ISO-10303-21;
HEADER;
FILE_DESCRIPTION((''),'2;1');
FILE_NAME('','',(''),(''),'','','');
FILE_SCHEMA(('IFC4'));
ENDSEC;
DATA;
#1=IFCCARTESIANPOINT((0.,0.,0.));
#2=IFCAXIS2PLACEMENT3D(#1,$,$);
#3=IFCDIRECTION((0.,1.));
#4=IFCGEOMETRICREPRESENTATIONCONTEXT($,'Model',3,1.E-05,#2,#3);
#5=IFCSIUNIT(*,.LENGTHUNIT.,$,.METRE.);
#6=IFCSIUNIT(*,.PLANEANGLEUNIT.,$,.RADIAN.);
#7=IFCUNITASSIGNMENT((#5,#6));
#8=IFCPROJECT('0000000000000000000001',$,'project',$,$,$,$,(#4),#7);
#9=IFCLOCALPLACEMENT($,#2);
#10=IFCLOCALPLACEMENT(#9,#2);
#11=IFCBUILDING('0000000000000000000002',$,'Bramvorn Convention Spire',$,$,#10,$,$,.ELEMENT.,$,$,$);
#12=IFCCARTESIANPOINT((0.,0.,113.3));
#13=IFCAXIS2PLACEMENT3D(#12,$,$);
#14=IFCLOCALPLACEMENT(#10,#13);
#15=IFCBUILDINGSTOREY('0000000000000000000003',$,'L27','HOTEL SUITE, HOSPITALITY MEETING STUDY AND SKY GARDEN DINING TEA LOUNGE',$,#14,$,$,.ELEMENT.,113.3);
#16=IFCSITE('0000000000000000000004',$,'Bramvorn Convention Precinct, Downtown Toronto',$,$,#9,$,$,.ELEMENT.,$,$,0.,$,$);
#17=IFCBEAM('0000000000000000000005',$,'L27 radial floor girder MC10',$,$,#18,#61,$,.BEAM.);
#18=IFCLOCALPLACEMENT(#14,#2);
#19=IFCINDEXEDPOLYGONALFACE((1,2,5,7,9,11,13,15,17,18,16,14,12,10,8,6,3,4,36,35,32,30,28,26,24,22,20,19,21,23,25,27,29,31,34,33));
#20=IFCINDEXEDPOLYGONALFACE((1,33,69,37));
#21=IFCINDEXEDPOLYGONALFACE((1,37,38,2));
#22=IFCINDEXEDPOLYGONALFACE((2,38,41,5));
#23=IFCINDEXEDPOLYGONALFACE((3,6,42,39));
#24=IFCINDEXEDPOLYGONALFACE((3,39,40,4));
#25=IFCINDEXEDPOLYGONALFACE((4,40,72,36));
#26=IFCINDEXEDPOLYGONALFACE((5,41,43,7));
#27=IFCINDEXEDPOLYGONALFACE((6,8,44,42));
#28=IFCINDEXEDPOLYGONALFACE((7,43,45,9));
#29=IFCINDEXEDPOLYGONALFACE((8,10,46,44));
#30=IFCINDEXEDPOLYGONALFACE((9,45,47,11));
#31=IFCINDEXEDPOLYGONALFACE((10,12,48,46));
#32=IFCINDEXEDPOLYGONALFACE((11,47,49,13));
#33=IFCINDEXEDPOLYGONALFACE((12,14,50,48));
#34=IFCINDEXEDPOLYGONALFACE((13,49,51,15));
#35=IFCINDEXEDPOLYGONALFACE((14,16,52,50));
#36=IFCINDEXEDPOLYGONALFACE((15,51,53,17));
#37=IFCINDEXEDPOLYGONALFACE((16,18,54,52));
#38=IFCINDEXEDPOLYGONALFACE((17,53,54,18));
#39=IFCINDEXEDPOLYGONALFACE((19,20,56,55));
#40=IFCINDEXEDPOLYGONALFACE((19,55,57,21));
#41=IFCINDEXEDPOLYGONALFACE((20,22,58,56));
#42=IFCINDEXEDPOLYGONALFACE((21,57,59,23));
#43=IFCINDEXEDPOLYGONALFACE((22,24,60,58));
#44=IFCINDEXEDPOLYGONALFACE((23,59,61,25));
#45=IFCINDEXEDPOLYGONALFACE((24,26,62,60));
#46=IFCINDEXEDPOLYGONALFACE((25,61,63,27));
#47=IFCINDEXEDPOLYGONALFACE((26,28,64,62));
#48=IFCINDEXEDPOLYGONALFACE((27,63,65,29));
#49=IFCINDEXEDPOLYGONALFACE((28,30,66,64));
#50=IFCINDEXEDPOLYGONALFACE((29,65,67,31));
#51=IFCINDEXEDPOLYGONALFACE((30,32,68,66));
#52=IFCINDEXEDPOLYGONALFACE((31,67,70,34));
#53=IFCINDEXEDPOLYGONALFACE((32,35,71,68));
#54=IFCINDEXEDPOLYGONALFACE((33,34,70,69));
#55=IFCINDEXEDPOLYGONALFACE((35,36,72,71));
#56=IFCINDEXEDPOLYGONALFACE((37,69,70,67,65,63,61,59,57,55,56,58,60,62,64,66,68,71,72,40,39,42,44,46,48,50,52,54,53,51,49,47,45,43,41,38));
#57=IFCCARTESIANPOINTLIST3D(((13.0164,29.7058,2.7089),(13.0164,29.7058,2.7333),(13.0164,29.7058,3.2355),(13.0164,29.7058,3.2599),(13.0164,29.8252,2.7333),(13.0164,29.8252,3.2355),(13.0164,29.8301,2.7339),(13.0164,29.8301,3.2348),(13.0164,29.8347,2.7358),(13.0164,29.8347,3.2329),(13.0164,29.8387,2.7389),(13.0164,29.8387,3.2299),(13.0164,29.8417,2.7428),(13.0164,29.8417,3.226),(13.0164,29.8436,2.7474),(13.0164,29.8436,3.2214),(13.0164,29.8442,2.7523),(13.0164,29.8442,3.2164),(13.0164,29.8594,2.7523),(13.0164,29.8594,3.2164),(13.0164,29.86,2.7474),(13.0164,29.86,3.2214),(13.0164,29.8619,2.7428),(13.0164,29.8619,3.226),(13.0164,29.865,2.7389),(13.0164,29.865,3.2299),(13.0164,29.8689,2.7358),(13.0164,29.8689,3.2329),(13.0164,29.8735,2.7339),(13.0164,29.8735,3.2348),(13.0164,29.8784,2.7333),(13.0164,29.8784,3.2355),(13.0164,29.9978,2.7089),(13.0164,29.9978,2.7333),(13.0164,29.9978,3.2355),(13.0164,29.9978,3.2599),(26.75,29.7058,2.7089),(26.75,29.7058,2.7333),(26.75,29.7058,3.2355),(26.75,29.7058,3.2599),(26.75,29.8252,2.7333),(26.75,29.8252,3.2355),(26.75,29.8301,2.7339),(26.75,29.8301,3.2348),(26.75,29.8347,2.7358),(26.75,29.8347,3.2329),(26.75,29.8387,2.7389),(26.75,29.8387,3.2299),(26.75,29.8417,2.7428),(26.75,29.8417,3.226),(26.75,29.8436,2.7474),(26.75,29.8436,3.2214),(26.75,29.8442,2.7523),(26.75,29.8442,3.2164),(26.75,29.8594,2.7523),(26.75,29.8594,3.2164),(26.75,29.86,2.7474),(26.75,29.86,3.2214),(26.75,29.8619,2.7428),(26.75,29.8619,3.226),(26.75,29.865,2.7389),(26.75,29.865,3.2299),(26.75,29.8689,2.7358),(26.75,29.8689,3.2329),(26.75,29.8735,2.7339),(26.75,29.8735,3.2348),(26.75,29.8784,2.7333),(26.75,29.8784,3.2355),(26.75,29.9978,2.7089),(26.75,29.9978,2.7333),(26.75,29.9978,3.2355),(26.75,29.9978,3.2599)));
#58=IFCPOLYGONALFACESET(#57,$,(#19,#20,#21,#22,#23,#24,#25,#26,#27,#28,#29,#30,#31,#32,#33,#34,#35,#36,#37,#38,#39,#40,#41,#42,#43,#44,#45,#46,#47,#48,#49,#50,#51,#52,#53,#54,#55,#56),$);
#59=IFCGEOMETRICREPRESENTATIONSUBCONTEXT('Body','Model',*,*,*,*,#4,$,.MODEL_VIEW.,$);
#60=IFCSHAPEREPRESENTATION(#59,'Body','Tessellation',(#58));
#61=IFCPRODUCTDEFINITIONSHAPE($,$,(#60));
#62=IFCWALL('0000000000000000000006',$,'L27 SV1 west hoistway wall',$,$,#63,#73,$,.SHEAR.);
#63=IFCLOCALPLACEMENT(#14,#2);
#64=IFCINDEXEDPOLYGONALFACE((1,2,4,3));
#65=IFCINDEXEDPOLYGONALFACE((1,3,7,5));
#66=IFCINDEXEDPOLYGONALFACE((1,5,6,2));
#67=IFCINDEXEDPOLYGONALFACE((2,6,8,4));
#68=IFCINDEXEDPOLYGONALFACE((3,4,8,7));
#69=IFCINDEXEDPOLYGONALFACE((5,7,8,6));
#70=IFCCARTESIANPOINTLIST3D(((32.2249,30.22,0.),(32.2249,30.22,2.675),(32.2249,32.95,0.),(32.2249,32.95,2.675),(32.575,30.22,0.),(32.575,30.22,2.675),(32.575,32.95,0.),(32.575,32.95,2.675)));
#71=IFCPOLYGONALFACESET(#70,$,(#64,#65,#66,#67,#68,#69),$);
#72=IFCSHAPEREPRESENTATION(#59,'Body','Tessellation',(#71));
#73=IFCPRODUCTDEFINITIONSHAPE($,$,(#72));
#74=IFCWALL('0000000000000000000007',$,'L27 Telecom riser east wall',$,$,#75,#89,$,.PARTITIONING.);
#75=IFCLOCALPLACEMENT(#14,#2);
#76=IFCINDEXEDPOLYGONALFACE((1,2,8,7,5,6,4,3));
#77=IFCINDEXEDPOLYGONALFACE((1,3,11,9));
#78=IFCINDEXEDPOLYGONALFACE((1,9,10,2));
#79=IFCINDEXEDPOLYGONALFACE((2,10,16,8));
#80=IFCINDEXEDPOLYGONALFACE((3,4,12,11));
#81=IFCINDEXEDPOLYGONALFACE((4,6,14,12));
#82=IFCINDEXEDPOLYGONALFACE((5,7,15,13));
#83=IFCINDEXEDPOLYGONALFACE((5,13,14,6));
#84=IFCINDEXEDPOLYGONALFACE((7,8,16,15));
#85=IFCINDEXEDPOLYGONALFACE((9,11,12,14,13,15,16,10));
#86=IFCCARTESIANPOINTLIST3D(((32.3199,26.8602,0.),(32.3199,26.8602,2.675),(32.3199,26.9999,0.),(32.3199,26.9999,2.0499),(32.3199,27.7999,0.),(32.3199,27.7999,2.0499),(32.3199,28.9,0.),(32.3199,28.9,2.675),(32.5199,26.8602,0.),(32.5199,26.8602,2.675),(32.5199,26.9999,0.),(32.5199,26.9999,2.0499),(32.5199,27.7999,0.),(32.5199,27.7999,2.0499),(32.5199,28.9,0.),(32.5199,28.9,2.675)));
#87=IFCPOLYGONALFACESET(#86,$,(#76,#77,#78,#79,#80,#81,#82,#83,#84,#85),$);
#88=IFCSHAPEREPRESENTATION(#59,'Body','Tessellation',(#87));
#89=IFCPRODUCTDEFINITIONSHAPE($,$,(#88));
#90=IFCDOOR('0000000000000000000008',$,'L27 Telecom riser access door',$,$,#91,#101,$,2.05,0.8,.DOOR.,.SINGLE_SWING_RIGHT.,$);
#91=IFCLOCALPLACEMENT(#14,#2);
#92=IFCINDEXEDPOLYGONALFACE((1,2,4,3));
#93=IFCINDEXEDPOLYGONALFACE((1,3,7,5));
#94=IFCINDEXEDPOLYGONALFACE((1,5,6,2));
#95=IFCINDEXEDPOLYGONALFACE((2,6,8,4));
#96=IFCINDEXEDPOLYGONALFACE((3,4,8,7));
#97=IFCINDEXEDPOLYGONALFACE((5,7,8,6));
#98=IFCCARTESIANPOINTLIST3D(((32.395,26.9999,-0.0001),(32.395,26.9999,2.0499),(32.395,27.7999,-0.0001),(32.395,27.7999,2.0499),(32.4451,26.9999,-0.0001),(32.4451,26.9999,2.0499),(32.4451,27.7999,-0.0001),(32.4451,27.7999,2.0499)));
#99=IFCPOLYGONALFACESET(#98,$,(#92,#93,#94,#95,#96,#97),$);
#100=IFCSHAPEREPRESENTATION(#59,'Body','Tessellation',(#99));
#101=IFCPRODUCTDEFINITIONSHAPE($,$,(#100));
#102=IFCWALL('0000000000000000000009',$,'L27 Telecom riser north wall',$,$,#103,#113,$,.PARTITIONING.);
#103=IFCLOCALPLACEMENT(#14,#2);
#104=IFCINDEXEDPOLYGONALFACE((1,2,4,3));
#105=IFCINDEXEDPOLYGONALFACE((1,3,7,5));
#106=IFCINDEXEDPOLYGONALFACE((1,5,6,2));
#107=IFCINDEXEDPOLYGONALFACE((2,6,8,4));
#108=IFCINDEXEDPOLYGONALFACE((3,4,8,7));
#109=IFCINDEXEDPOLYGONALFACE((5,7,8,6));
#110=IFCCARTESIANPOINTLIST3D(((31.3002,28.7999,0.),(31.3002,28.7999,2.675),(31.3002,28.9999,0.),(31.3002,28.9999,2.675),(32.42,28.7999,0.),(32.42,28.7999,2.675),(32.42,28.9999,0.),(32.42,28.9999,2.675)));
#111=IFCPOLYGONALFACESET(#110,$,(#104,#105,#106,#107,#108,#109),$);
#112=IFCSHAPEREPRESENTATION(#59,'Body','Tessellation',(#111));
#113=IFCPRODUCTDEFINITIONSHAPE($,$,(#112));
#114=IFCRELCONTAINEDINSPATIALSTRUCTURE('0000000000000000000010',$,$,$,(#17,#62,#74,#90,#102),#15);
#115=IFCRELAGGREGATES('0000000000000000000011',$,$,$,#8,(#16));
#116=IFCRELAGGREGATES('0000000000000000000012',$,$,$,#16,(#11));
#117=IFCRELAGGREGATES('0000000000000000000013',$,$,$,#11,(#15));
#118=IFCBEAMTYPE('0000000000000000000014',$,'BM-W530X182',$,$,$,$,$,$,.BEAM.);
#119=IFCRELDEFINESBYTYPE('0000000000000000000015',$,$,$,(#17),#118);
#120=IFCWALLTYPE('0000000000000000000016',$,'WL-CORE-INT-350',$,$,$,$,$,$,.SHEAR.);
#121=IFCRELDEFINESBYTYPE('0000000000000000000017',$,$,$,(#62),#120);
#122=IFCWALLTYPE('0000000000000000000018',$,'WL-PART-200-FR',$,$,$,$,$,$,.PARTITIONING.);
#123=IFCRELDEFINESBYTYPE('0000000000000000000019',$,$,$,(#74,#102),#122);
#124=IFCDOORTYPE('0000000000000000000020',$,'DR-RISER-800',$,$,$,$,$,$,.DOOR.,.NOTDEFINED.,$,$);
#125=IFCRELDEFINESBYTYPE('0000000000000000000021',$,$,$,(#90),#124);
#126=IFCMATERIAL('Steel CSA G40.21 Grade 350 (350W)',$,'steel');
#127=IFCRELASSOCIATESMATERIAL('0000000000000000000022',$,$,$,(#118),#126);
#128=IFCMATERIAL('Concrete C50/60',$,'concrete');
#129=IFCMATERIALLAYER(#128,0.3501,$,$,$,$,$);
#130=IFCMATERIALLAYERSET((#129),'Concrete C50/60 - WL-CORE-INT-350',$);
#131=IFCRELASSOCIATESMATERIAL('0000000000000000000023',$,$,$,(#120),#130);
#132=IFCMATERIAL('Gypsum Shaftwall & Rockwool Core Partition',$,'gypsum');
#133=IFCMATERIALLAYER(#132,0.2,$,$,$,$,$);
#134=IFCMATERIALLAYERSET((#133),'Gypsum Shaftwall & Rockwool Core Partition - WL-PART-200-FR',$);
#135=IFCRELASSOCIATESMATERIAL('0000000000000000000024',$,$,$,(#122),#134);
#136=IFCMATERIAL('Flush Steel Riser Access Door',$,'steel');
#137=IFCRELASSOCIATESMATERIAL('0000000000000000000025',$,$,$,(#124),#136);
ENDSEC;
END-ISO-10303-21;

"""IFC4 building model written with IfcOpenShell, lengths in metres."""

from ifc_helpers import new_model, si_unit, direction, frame, frame_2d, origin, origin_2d, place, context, subcontext, project, spatial, rectangle, i_section, extrude, material, layer, layer_set, material_profile, profile_set, type_object, element, fill, save


model = new_model("IFC4")

# Units and contexts
model_context = context("Model", 3, precision=1e-05, world=origin(), true_north=direction((0.0, 1.0)))
body_context = subcontext(model_context, "Body", "Model", "MODEL_VIEW")
ifc_project = project(units=[si_unit("LENGTHUNIT", "METRE"), si_unit("PLANEANGLEUNIT", "RADIAN")], contexts=[model_context])

# Site, building, storey
site_placement = place(None, origin())
site = spatial("IfcSite", under=ifc_project, at=site_placement, Name="Bramvorn Convention Precinct, Downtown Toronto", CompositionType="ELEMENT", RefElevation=0.0)
building_placement = place(site_placement, origin())
building = spatial("IfcBuilding", under=site, at=building_placement, Name="Bramvorn Convention Spire", CompositionType="ELEMENT")
storey_placement = place(building_placement, frame((0.0, 0.0, 113.3)))
storey = spatial("IfcBuildingStorey", under=building, at=storey_placement, Name="L27", Description="HOTEL SUITE, HOSPITALITY MEETING STUDY AND SKY GARDEN DINING TEA LOUNGE", CompositionType="ELEMENT", Elevation=113.3)

# Beam
ifc_material_1 = material(Name="Steel CSA G40.21 Grade 350 (350W)", Category="steel")
ifc_material_profile_1 = material_profile(ifc_material_1, i_section(OverallWidth=0.292, OverallDepth=0.551, WebThickness=0.0151, FlangeThickness=0.0244, FilletRadius=0.019, at=origin_2d()))
ifc_profile_set_1 = profile_set([ifc_material_profile_1], Name="Steel CSA G40.21 Grade 350 (350W) - W530X182")
beam_type_1 = type_object("IfcBeamType", Name="BM-W530X182", PredefinedType="BEAM", material=ifc_profile_set_1)
beam_1_placement = place(storey_placement, frame((26.75, 29.8518, 2.9844), z_axis=(-1.0, 0.0, 0.0), x_axis=(0.0, -1.0, 0.0)))
element("IfcBeam", 1, at=beam_1_placement, inside=storey, type_object=beam_type_1, Name="L27 radial floor girder MC10", PredefinedType="BEAM", context=body_context, shape_type="SweptSolid", body=[
    extrude(i_section(OverallWidth=0.292, OverallDepth=0.551, WebThickness=0.0151, FlangeThickness=0.0244, FilletRadius=0.019, at=origin_2d()), origin(), (0.0, 0.0, 1.0), 13.7336),
])

# Shared definitions
ifc_material_2 = material(Name="Concrete C50/60", Category="concrete")
ifc_layer_1 = layer(ifc_material_2, 0.3501)
ifc_layer_set_1 = layer_set([ifc_layer_1], Name="Concrete C50/60 - WL-CORE-INT-350")
wall_type_1 = type_object("IfcWallType", Name="WL-CORE-INT-350", PredefinedType="SHEAR", material=ifc_layer_set_1)

# Wall
wall_1_placement = place(storey_placement, frame((32.3999, 30.22, 0.0), z_axis=(0.0, 0.0, 1.0), x_axis=(0.0, 1.0, 0.0)))
element("IfcWall", 2, at=wall_1_placement, inside=storey, type_object=wall_type_1, Name="L27 SV1 west hoistway wall", PredefinedType="SHEAR", context=body_context, shape_type="SweptSolid", body=[
    extrude(rectangle(XDim=2.73, YDim=0.3501, at=frame_2d((1.365, 0.0))), origin(), (0.0, 0.0, 1.0), 2.675),
])

# Wall, opening, door
ifc_material_3 = material(Name="Gypsum Shaftwall & Rockwool Core Partition", Category="gypsum")
ifc_layer_2 = layer(ifc_material_3, 0.2)
ifc_layer_set_2 = layer_set([ifc_layer_2], Name="Gypsum Shaftwall & Rockwool Core Partition - WL-PART-200-FR")
wall_type_2 = type_object("IfcWallType", Name="WL-PART-200-FR", PredefinedType="PARTITIONING", material=ifc_layer_set_2)
wall_2_placement = place(storey_placement, frame((32.4199, 26.8601, 0.0), z_axis=(0.0, 0.0, 1.0), x_axis=(0.0, 1.0, 0.0)))
wall_2 = element("IfcWall", 3, at=wall_2_placement, inside=storey, type_object=wall_type_2, Name="L27 Telecom riser east wall", PredefinedType="PARTITIONING", context=body_context, shape_type="SweptSolid", body=[
    extrude(rectangle(XDim=2.0398, YDim=0.2, at=frame_2d((1.02, 0.0))), origin(), (0.0, 0.0, 1.0), 2.675),
])
opening_1_placement = place(wall_2_placement, frame((0.1399, 0.0, 0.0)))
opening_1 = element("IfcOpeningElement", 4, at=opening_1_placement, cuts=wall_2, PredefinedType="OPENING", context=body_context, shape_type="SweptSolid", body=[
    extrude(rectangle(XDim=0.8, YDim=2.05, at=frame_2d((0.3999, 1.0249))), frame((0.0, 0.1099, 0.0), z_axis=(0.0, -1.0, 0.0), x_axis=(1.0, 0.0, 0.0)), (0.0, 0.0, 1.0), 0.22),
])
ifc_material_4 = material(Name="Flush Steel Riser Access Door", Category="steel")
door_type_1 = type_object("IfcDoorType", Name="DR-RISER-800", OperationType="NOTDEFINED", PredefinedType="DOOR", material=ifc_material_4)
door_1_placement = place(opening_1_placement, origin())
door_1 = element("IfcDoor", 5, at=door_1_placement, inside=storey, type_object=door_type_1, Name="L27 Telecom riser access door", OperationType="SINGLE_SWING_RIGHT", OverallHeight=2.05, OverallWidth=0.8, PredefinedType="DOOR", context=body_context, shape_type="SweptSolid", body=[
    extrude(rectangle(XDim=0.8, YDim=2.05, at=frame_2d((0.3999, 1.0249))), frame((0.0, 0.0249, 0.0), z_axis=(0.0, -1.0, 0.0), x_axis=(1.0, 0.0, 0.0)), (0.0, 0.0, 1.0), 0.05),
])
fill(opening_1, door_1)

# Wall
wall_3_placement = place(storey_placement, frame((31.3, 28.8999, 0.0), z_axis=(0.0, 0.0, 1.0), x_axis=(1.0, 0.0, 0.0)))
element("IfcWall", 6, at=wall_3_placement, inside=storey, type_object=wall_type_2, Name="L27 Telecom riser north wall", PredefinedType="PARTITIONING", context=body_context, shape_type="SweptSolid", body=[
    extrude(rectangle(XDim=1.1199, YDim=0.2, at=frame_2d((0.5601, 0.0))), origin(), (0.0, 0.0, 1.0), 2.675),
])

save(model, "model.ifc")
